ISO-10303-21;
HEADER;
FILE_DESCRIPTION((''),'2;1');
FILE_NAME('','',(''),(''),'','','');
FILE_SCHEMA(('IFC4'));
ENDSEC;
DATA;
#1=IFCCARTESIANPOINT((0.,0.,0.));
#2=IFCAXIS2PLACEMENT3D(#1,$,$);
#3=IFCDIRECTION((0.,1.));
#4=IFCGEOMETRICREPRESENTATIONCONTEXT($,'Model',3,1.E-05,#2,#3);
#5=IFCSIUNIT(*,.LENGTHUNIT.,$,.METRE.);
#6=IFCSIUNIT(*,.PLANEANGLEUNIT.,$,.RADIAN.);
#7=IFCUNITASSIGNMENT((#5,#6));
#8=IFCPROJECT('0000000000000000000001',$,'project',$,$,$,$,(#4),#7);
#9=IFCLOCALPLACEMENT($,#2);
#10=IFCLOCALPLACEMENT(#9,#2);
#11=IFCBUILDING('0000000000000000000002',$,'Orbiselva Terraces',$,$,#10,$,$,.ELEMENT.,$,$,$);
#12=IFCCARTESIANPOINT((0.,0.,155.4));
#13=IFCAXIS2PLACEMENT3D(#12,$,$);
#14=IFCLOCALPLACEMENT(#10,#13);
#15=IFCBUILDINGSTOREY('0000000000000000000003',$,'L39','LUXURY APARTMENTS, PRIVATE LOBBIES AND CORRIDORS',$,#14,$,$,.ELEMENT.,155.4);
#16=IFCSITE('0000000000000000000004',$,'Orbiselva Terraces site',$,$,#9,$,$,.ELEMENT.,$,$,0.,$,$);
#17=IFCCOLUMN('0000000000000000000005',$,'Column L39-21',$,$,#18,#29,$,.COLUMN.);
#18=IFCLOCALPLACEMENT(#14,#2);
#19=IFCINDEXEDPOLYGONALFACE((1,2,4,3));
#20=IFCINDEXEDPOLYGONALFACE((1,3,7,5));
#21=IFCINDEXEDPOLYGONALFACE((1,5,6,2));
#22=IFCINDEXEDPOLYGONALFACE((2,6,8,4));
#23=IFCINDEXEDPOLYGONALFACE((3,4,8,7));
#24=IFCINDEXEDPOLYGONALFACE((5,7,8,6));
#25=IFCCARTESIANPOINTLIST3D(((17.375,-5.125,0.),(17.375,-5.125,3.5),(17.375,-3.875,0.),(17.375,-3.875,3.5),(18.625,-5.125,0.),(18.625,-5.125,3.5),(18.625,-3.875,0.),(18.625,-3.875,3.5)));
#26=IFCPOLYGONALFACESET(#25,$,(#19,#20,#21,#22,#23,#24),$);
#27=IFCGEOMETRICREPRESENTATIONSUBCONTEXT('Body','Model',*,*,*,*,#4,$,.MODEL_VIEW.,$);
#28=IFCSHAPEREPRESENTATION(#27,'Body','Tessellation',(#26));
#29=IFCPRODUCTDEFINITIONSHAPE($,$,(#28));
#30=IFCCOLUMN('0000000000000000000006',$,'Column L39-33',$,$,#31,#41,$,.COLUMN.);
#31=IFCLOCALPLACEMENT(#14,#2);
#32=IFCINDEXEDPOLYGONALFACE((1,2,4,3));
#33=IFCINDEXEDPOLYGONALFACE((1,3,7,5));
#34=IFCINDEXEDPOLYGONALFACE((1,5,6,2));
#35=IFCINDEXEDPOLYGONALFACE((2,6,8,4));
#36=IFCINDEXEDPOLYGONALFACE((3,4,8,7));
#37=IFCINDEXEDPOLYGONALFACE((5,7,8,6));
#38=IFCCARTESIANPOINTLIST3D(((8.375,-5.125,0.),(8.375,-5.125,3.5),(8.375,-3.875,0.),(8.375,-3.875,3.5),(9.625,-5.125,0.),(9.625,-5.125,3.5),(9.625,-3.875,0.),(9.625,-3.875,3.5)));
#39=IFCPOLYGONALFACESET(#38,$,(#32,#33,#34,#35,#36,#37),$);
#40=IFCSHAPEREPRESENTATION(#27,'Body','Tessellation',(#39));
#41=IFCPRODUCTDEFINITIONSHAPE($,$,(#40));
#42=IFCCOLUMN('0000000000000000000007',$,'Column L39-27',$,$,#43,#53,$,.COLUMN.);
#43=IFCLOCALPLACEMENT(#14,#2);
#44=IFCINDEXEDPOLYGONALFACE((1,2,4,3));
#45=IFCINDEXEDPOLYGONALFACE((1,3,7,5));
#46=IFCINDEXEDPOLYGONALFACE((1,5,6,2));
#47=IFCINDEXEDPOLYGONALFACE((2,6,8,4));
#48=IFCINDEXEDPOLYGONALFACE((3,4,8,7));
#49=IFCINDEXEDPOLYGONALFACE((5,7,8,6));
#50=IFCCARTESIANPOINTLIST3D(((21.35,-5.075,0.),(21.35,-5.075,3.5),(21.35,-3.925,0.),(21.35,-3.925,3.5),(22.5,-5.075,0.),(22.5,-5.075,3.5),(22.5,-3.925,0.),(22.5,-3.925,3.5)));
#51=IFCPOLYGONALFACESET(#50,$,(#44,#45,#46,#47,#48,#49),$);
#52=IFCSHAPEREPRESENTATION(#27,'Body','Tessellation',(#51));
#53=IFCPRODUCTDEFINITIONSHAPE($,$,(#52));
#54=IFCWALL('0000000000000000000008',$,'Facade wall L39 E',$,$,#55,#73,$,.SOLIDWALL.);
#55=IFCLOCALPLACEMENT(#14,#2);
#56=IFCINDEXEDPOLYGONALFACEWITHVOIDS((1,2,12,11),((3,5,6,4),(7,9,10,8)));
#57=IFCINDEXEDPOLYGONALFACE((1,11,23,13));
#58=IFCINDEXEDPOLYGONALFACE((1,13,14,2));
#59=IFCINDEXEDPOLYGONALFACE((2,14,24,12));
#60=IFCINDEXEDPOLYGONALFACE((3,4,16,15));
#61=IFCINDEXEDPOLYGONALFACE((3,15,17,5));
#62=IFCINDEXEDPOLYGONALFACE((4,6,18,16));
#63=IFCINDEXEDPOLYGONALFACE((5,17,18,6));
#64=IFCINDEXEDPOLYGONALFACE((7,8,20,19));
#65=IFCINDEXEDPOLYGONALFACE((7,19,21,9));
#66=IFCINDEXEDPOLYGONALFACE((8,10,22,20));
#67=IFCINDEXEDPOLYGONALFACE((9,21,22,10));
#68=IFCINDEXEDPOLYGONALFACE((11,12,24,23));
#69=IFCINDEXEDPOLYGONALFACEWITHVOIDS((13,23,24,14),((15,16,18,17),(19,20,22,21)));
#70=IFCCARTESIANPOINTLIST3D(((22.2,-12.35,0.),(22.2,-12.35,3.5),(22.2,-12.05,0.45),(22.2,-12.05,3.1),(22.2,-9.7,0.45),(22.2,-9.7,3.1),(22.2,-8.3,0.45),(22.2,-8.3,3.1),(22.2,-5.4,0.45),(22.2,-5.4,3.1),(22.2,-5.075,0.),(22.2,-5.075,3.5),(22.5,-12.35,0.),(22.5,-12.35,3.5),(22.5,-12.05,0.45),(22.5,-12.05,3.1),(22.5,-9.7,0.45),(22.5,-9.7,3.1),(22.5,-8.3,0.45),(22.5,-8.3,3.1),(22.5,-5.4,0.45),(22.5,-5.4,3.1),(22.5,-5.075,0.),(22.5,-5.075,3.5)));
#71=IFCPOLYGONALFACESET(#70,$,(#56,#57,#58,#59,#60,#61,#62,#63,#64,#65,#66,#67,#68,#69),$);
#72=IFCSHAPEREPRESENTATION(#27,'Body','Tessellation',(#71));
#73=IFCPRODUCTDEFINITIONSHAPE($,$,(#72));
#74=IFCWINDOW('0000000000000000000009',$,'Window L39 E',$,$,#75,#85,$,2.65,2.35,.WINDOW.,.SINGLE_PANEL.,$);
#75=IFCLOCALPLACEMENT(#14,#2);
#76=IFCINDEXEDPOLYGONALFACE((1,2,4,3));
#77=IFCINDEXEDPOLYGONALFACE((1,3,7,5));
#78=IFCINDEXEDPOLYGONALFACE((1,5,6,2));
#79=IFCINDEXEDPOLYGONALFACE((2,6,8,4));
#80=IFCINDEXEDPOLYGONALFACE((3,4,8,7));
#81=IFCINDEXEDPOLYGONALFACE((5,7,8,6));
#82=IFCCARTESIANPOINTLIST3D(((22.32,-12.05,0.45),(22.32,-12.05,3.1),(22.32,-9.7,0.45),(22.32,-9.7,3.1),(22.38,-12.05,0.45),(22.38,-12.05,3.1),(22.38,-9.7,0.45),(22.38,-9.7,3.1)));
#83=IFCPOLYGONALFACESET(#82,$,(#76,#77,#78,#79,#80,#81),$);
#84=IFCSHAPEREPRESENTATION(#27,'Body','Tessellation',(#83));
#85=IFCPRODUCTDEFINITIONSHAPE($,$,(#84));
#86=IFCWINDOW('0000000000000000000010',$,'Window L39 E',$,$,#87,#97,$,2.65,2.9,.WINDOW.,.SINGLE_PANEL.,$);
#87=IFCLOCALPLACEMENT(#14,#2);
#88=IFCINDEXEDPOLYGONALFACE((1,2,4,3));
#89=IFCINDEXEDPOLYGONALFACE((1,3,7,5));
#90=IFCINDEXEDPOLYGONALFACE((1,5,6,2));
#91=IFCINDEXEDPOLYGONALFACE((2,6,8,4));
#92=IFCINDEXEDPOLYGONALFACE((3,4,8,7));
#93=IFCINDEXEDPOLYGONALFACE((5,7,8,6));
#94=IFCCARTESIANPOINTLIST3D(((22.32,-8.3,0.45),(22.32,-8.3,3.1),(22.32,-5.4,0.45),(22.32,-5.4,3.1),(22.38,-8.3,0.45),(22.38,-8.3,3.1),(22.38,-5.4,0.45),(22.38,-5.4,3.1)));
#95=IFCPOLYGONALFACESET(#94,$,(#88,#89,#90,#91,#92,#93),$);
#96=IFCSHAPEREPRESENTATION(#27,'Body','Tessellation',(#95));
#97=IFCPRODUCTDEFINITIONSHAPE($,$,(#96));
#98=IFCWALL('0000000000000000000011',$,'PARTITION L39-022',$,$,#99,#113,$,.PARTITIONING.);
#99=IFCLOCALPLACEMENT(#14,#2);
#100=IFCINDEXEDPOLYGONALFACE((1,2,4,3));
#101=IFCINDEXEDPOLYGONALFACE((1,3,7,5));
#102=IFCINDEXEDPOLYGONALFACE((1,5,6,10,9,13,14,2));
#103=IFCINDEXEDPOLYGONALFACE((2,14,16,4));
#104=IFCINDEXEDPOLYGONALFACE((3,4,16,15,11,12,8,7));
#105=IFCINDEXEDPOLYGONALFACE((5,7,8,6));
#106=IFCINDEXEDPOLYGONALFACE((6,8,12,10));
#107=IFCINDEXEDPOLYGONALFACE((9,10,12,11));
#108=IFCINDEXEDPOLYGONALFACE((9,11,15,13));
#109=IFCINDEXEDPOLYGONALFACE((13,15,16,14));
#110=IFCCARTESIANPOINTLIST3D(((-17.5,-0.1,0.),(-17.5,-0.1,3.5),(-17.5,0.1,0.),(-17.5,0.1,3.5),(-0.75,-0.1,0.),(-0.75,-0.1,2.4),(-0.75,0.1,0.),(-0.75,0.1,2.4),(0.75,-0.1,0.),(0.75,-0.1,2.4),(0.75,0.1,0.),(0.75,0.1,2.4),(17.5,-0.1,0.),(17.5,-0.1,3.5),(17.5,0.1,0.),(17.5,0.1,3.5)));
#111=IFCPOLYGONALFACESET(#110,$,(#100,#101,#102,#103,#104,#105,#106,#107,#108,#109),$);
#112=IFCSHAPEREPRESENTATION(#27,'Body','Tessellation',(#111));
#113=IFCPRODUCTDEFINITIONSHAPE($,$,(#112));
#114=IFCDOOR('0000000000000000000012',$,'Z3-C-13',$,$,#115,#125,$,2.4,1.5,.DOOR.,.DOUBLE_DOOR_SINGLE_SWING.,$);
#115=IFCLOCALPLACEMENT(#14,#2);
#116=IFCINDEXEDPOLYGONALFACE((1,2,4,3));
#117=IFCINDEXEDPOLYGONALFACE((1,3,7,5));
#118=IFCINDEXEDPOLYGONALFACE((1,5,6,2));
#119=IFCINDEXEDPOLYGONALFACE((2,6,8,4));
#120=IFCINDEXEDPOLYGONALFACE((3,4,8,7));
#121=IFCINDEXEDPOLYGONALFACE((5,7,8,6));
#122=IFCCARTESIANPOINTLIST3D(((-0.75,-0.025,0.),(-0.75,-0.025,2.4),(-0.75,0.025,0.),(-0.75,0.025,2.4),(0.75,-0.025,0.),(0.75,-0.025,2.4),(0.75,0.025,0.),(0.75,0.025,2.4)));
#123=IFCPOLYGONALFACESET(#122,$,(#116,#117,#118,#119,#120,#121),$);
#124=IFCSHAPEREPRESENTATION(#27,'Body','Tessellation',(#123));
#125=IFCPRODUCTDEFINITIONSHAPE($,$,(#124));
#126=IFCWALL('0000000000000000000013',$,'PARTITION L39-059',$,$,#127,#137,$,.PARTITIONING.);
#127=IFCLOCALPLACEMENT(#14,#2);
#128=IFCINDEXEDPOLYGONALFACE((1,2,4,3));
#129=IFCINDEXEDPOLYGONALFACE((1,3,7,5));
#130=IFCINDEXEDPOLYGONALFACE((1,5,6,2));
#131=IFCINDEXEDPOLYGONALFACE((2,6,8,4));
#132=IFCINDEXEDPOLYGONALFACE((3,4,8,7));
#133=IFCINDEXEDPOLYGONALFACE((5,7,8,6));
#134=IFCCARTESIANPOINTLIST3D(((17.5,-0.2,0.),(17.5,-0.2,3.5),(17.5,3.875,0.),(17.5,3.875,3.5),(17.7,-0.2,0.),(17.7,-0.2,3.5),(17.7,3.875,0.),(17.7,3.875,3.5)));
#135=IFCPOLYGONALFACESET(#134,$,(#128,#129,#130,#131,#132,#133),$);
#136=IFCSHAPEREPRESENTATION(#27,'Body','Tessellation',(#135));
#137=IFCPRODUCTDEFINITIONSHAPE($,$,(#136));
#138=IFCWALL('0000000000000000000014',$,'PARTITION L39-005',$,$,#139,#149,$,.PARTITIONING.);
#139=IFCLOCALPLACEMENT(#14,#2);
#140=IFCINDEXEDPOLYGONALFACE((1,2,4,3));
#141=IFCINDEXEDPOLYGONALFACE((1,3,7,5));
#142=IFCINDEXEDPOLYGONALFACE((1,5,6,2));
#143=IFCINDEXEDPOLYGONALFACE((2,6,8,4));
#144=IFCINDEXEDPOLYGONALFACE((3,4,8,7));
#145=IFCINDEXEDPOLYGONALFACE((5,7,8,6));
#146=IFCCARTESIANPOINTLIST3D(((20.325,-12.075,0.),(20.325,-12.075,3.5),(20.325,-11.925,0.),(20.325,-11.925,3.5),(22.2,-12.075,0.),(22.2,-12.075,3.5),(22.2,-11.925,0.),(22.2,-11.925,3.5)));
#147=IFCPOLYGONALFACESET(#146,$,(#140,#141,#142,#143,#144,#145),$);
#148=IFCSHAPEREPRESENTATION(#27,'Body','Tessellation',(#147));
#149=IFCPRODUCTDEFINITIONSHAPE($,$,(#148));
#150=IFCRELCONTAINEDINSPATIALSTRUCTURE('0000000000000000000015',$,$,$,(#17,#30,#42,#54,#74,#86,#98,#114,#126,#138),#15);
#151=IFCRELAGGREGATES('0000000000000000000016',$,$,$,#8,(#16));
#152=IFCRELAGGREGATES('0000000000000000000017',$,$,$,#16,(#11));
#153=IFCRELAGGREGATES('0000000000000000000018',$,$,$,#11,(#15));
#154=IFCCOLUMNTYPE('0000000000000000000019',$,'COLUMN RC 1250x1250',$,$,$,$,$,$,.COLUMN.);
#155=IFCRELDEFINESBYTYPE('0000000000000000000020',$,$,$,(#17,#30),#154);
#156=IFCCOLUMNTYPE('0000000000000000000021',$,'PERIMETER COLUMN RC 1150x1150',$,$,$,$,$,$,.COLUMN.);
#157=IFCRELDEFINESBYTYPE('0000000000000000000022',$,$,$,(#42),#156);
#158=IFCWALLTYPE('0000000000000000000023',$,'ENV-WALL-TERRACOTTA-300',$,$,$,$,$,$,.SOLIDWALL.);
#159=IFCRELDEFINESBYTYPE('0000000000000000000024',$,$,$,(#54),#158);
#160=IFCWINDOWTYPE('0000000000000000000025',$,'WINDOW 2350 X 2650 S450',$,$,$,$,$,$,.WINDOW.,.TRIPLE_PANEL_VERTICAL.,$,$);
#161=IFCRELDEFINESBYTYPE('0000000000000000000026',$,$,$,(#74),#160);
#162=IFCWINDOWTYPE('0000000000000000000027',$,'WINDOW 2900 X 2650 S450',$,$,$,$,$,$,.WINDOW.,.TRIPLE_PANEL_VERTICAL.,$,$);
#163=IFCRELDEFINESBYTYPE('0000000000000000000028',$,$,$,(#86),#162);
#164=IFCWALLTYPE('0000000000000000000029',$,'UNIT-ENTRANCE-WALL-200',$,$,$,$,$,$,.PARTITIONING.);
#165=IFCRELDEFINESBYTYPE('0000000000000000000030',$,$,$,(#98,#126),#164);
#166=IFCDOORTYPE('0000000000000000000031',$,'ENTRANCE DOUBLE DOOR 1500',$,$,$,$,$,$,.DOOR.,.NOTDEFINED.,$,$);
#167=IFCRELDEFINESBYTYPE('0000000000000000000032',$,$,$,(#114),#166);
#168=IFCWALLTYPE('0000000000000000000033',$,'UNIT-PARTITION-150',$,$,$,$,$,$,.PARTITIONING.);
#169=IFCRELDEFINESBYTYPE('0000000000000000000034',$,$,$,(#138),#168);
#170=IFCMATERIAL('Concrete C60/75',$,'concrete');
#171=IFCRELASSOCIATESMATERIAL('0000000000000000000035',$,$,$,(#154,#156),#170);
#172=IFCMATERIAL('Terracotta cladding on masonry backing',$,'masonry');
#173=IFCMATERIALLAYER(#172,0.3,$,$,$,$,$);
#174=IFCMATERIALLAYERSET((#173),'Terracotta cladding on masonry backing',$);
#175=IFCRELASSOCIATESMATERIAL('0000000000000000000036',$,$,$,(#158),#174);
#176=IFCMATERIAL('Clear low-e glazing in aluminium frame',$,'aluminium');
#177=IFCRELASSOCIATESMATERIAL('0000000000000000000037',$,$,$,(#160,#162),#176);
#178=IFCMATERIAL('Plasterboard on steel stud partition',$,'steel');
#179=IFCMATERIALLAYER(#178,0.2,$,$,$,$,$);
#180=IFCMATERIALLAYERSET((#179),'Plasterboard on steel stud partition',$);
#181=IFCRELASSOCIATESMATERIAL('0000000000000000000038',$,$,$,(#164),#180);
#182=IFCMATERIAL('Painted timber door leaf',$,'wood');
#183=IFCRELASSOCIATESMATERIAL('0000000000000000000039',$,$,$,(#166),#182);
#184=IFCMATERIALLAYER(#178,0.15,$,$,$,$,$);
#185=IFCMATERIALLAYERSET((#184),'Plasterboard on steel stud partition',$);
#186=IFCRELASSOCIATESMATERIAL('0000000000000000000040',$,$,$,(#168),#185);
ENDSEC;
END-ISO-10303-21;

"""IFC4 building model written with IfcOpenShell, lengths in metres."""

from ifc_helpers import new_model, si_unit, direction, frame, frame_2d, origin, origin_2d, place, context, subcontext, project, spatial, rectangle, extrude, material, layer, layer_set, material_profile, profile_set, type_object, element, fill, save


model = new_model("IFC4")

# Units and contexts
model_context = context("Model", 3, precision=1e-05, world=origin(), true_north=direction((0.0, 1.0)))
body_context = subcontext(model_context, "Body", "Model", "MODEL_VIEW")
ifc_project = project(units=[si_unit("LENGTHUNIT", "METRE"), si_unit("PLANEANGLEUNIT", "RADIAN")], contexts=[model_context])

# Site, building, storey
site_placement = place(None, origin())
site = spatial("IfcSite", under=ifc_project, at=site_placement, Name="Orbiselva Terraces site", CompositionType="ELEMENT", RefElevation=0.0)
building_placement = place(site_placement, origin())
building = spatial("IfcBuilding", under=site, at=building_placement, Name="Orbiselva Terraces", CompositionType="ELEMENT")
storey_placement = place(building_placement, frame((0.0, 0.0, 155.4)))
storey = spatial("IfcBuildingStorey", under=building, at=storey_placement, Name="L39", Description="LUXURY APARTMENTS, PRIVATE LOBBIES AND CORRIDORS", CompositionType="ELEMENT", Elevation=155.4)

# Columns
ifc_material_1 = material(Name="Concrete C60/75", Category="concrete")
ifc_material_profile_1 = material_profile(ifc_material_1, rectangle(XDim=1.25, YDim=1.25, at=origin_2d()), Name="RC 1250x1250")
ifc_profile_set_1 = profile_set([ifc_material_profile_1], Name="Concrete C60/75")
column_type_1 = type_object("IfcColumnType", Name="COLUMN RC 1250x1250", PredefinedType="COLUMN", material=ifc_profile_set_1)
for number, where, z_axis, x_axis, name in (
    (1, (18.0, -4.5, 0.0), (0.0, 0.0, 1.0), (1.0, 0.0, 0.0), "Column L39-21"),
    (2, (9.0, -4.5, 0.0), (0.0, 0.0, 1.0), (1.0, 0.0, 0.0), "Column L39-33"),
):
    element("IfcColumn", number, at=place(storey_placement, frame(where, z_axis=z_axis, x_axis=x_axis)), inside=storey, type_object=column_type_1, Name=name, PredefinedType="COLUMN", context=body_context, shape_type="SweptSolid", body=[
        extrude(rectangle(XDim=1.25, YDim=1.25, at=origin_2d()), origin(), (0.0, 0.0, 1.0), 3.5),
    ])
ifc_material_profile_2 = material_profile(ifc_material_1, rectangle(XDim=1.15, YDim=1.15, at=origin_2d()), Name="RC 1150x1150")
ifc_profile_set_2 = profile_set([ifc_material_profile_2], Name="Concrete C60/75")
column_type_2 = type_object("IfcColumnType", Name="PERIMETER COLUMN RC 1150x1150", PredefinedType="COLUMN", material=ifc_profile_set_2)
column_placement = place(storey_placement, frame((21.925, -4.5, 0.0), z_axis=(0.0, 0.0, 1.0), x_axis=(1.0, 0.0, 0.0)))
element("IfcColumn", 3, at=column_placement, inside=storey, type_object=column_type_2, Name="Column L39-27", PredefinedType="COLUMN", context=body_context, shape_type="SweptSolid", body=[
    extrude(rectangle(XDim=1.15, YDim=1.15, at=origin_2d()), origin(), (0.0, 0.0, 1.0), 3.5),
])

# Wall, openings, windows
ifc_material_2 = material(Name="Terracotta cladding on masonry backing", Category="masonry")
ifc_layer_1 = layer(ifc_material_2, 0.3)
ifc_layer_set_1 = layer_set([ifc_layer_1], Name="Terracotta cladding on masonry backing")
wall_type_1 = type_object("IfcWallType", Name="ENV-WALL-TERRACOTTA-300", PredefinedType="SOLIDWALL", material=ifc_layer_set_1)
wall_1_placement = place(storey_placement, frame((22.35, -5.075, 0.0), z_axis=(0.0, 0.0, 1.0), x_axis=(0.0, -1.0, 0.0)))
wall_1 = element("IfcWall", 4, at=wall_1_placement, inside=storey, type_object=wall_type_1, Name="Facade wall L39 E", PredefinedType="SOLIDWALL", context=body_context, shape_type="SweptSolid", body=[
    extrude(rectangle(XDim=7.275, YDim=0.3, at=frame_2d((3.6375, 0.0))), origin(), (0.0, 0.0, 1.0), 3.5),
])
opening_1_placement = place(wall_1_placement, frame((4.625, 0.0, 0.45)))
opening_1 = element("IfcOpeningElement", 5, at=opening_1_placement, cuts=wall_1, PredefinedType="OPENING", context=body_context, shape_type="SweptSolid", body=[
    extrude(rectangle(XDim=2.35, YDim=2.65, at=frame_2d((1.175, 1.325))), frame((0.0, 0.16, 0.0), z_axis=(0.0, -1.0, 0.0), x_axis=(1.0, 0.0, 0.0)), (0.0, 0.0, 1.0), 0.32),
])
opening_2_placement = place(wall_1_placement, frame((0.325, 0.0, 0.45)))
opening_2 = element("IfcOpeningElement", 6, at=opening_2_placement, cuts=wall_1, PredefinedType="OPENING", context=body_context, shape_type="SweptSolid", body=[
    extrude(rectangle(XDim=2.9, YDim=2.65, at=frame_2d((1.45, 1.325))), frame((0.0, 0.16, 0.0), z_axis=(0.0, -1.0, 0.0), x_axis=(1.0, 0.0, 0.0)), (0.0, 0.0, 1.0), 0.32),
])
ifc_material_3 = material(Name="Clear low-e glazing in aluminium frame", Category="aluminium")
window_type_1 = type_object("IfcWindowType", Name="WINDOW 2350 X 2650 S450", PartitioningType="TRIPLE_PANEL_VERTICAL", PredefinedType="WINDOW", material=ifc_material_3)
window_1_placement = place(opening_1_placement, origin())
window_1 = element("IfcWindow", 7, at=window_1_placement, inside=storey, type_object=window_type_1, Name="Window L39 E", OverallHeight=2.65, OverallWidth=2.35, PartitioningType="SINGLE_PANEL", PredefinedType="WINDOW", context=body_context, shape_type="SweptSolid", body=[
    extrude(rectangle(XDim=2.35, YDim=2.65, at=frame_2d((1.175, 1.325))), frame((0.0, 0.03, 0.0), z_axis=(0.0, -1.0, 0.0), x_axis=(1.0, 0.0, 0.0)), (0.0, 0.0, 1.0), 0.06),
])
fill(opening_1, window_1)
window_type_2 = type_object("IfcWindowType", Name="WINDOW 2900 X 2650 S450", PartitioningType="TRIPLE_PANEL_VERTICAL", PredefinedType="WINDOW", material=ifc_material_3)
window_2_placement = place(opening_2_placement, origin())
window_2 = element("IfcWindow", 8, at=window_2_placement, inside=storey, type_object=window_type_2, Name="Window L39 E", OverallHeight=2.65, OverallWidth=2.9, PartitioningType="SINGLE_PANEL", PredefinedType="WINDOW", context=body_context, shape_type="SweptSolid", body=[
    extrude(rectangle(XDim=2.9, YDim=2.65, at=frame_2d((1.45, 1.325))), frame((0.0, 0.03, 0.0), z_axis=(0.0, -1.0, 0.0), x_axis=(1.0, 0.0, 0.0)), (0.0, 0.0, 1.0), 0.06),
])
fill(opening_2, window_2)

# Wall, opening, door
ifc_material_4 = material(Name="Plasterboard on steel stud partition", Category="steel")
ifc_layer_2 = layer(ifc_material_4, 0.2)
ifc_layer_set_2 = layer_set([ifc_layer_2], Name="Plasterboard on steel stud partition")
wall_type_2 = type_object("IfcWallType", Name="UNIT-ENTRANCE-WALL-200", PredefinedType="PARTITIONING", material=ifc_layer_set_2)
wall_2_placement = place(storey_placement, frame((17.5, 0.0, 0.0), z_axis=(0.0, 0.0, 1.0), x_axis=(-1.0, 0.0, 0.0)))
wall_2 = element("IfcWall", 9, at=wall_2_placement, inside=storey, type_object=wall_type_2, Name="PARTITION L39-022", PredefinedType="PARTITIONING", context=body_context, shape_type="SweptSolid", body=[
    extrude(rectangle(XDim=35.0, YDim=0.2, at=frame_2d((17.5, 0.0))), origin(), (0.0, 0.0, 1.0), 3.5),
])
opening_3_placement = place(wall_2_placement, frame((16.75, 0.0, 0.0)))
opening_3 = element("IfcOpeningElement", 10, at=opening_3_placement, cuts=wall_2, PredefinedType="OPENING", context=body_context, shape_type="SweptSolid", body=[
    extrude(rectangle(XDim=1.5, YDim=2.4, at=frame_2d((0.75, 1.2))), frame((0.0, 0.11, 0.0), z_axis=(0.0, -1.0, 0.0), x_axis=(1.0, 0.0, 0.0)), (0.0, 0.0, 1.0), 0.22),
])
ifc_material_5 = material(Name="Painted timber door leaf", Category="wood")
door_type_1 = type_object("IfcDoorType", Name="ENTRANCE DOUBLE DOOR 1500", OperationType="NOTDEFINED", PredefinedType="DOOR", material=ifc_material_5)
door_1_placement = place(opening_3_placement, origin())
door_1 = element("IfcDoor", 11, at=door_1_placement, inside=storey, type_object=door_type_1, Name="Z3-C-13", OperationType="DOUBLE_DOOR_SINGLE_SWING", OverallHeight=2.4, OverallWidth=1.5, PredefinedType="DOOR", context=body_context, shape_type="SweptSolid", body=[
    extrude(rectangle(XDim=1.5, YDim=2.4, at=frame_2d((0.75, 1.2))), frame((0.0, 0.025, 0.0), z_axis=(0.0, -1.0, 0.0), x_axis=(1.0, 0.0, 0.0)), (0.0, 0.0, 1.0), 0.05),
])
fill(opening_3, door_1)

# Walls
wall_3_placement = place(storey_placement, frame((17.6, -0.2, 0.0), z_axis=(0.0, 0.0, 1.0), x_axis=(0.0, 1.0, 0.0)))
element("IfcWall", 12, at=wall_3_placement, inside=storey, type_object=wall_type_2, Name="PARTITION L39-059", PredefinedType="PARTITIONING", context=body_context, shape_type="SweptSolid", body=[
    extrude(rectangle(XDim=4.075, YDim=0.2, at=frame_2d((2.0375, 0.0))), origin(), (0.0, 0.0, 1.0), 3.5),
])
ifc_layer_3 = layer(ifc_material_4, 0.15)
ifc_layer_set_3 = layer_set([ifc_layer_3], Name="Plasterboard on steel stud partition")
wall_type_3 = type_object("IfcWallType", Name="UNIT-PARTITION-150", PredefinedType="PARTITIONING", material=ifc_layer_set_3)
wall_4_placement = place(storey_placement, frame((20.325, -12.0, 0.0), z_axis=(0.0, 0.0, 1.0), x_axis=(1.0, 0.0, 0.0)))
element("IfcWall", 13, at=wall_4_placement, inside=storey, type_object=wall_type_3, Name="PARTITION L39-005", PredefinedType="PARTITIONING", context=body_context, shape_type="SweptSolid", body=[
    extrude(rectangle(XDim=1.875, YDim=0.15, at=frame_2d((0.9375, 0.0))), origin(), (0.0, 0.0, 1.0), 3.5),
])

save(model, "model.ifc")
